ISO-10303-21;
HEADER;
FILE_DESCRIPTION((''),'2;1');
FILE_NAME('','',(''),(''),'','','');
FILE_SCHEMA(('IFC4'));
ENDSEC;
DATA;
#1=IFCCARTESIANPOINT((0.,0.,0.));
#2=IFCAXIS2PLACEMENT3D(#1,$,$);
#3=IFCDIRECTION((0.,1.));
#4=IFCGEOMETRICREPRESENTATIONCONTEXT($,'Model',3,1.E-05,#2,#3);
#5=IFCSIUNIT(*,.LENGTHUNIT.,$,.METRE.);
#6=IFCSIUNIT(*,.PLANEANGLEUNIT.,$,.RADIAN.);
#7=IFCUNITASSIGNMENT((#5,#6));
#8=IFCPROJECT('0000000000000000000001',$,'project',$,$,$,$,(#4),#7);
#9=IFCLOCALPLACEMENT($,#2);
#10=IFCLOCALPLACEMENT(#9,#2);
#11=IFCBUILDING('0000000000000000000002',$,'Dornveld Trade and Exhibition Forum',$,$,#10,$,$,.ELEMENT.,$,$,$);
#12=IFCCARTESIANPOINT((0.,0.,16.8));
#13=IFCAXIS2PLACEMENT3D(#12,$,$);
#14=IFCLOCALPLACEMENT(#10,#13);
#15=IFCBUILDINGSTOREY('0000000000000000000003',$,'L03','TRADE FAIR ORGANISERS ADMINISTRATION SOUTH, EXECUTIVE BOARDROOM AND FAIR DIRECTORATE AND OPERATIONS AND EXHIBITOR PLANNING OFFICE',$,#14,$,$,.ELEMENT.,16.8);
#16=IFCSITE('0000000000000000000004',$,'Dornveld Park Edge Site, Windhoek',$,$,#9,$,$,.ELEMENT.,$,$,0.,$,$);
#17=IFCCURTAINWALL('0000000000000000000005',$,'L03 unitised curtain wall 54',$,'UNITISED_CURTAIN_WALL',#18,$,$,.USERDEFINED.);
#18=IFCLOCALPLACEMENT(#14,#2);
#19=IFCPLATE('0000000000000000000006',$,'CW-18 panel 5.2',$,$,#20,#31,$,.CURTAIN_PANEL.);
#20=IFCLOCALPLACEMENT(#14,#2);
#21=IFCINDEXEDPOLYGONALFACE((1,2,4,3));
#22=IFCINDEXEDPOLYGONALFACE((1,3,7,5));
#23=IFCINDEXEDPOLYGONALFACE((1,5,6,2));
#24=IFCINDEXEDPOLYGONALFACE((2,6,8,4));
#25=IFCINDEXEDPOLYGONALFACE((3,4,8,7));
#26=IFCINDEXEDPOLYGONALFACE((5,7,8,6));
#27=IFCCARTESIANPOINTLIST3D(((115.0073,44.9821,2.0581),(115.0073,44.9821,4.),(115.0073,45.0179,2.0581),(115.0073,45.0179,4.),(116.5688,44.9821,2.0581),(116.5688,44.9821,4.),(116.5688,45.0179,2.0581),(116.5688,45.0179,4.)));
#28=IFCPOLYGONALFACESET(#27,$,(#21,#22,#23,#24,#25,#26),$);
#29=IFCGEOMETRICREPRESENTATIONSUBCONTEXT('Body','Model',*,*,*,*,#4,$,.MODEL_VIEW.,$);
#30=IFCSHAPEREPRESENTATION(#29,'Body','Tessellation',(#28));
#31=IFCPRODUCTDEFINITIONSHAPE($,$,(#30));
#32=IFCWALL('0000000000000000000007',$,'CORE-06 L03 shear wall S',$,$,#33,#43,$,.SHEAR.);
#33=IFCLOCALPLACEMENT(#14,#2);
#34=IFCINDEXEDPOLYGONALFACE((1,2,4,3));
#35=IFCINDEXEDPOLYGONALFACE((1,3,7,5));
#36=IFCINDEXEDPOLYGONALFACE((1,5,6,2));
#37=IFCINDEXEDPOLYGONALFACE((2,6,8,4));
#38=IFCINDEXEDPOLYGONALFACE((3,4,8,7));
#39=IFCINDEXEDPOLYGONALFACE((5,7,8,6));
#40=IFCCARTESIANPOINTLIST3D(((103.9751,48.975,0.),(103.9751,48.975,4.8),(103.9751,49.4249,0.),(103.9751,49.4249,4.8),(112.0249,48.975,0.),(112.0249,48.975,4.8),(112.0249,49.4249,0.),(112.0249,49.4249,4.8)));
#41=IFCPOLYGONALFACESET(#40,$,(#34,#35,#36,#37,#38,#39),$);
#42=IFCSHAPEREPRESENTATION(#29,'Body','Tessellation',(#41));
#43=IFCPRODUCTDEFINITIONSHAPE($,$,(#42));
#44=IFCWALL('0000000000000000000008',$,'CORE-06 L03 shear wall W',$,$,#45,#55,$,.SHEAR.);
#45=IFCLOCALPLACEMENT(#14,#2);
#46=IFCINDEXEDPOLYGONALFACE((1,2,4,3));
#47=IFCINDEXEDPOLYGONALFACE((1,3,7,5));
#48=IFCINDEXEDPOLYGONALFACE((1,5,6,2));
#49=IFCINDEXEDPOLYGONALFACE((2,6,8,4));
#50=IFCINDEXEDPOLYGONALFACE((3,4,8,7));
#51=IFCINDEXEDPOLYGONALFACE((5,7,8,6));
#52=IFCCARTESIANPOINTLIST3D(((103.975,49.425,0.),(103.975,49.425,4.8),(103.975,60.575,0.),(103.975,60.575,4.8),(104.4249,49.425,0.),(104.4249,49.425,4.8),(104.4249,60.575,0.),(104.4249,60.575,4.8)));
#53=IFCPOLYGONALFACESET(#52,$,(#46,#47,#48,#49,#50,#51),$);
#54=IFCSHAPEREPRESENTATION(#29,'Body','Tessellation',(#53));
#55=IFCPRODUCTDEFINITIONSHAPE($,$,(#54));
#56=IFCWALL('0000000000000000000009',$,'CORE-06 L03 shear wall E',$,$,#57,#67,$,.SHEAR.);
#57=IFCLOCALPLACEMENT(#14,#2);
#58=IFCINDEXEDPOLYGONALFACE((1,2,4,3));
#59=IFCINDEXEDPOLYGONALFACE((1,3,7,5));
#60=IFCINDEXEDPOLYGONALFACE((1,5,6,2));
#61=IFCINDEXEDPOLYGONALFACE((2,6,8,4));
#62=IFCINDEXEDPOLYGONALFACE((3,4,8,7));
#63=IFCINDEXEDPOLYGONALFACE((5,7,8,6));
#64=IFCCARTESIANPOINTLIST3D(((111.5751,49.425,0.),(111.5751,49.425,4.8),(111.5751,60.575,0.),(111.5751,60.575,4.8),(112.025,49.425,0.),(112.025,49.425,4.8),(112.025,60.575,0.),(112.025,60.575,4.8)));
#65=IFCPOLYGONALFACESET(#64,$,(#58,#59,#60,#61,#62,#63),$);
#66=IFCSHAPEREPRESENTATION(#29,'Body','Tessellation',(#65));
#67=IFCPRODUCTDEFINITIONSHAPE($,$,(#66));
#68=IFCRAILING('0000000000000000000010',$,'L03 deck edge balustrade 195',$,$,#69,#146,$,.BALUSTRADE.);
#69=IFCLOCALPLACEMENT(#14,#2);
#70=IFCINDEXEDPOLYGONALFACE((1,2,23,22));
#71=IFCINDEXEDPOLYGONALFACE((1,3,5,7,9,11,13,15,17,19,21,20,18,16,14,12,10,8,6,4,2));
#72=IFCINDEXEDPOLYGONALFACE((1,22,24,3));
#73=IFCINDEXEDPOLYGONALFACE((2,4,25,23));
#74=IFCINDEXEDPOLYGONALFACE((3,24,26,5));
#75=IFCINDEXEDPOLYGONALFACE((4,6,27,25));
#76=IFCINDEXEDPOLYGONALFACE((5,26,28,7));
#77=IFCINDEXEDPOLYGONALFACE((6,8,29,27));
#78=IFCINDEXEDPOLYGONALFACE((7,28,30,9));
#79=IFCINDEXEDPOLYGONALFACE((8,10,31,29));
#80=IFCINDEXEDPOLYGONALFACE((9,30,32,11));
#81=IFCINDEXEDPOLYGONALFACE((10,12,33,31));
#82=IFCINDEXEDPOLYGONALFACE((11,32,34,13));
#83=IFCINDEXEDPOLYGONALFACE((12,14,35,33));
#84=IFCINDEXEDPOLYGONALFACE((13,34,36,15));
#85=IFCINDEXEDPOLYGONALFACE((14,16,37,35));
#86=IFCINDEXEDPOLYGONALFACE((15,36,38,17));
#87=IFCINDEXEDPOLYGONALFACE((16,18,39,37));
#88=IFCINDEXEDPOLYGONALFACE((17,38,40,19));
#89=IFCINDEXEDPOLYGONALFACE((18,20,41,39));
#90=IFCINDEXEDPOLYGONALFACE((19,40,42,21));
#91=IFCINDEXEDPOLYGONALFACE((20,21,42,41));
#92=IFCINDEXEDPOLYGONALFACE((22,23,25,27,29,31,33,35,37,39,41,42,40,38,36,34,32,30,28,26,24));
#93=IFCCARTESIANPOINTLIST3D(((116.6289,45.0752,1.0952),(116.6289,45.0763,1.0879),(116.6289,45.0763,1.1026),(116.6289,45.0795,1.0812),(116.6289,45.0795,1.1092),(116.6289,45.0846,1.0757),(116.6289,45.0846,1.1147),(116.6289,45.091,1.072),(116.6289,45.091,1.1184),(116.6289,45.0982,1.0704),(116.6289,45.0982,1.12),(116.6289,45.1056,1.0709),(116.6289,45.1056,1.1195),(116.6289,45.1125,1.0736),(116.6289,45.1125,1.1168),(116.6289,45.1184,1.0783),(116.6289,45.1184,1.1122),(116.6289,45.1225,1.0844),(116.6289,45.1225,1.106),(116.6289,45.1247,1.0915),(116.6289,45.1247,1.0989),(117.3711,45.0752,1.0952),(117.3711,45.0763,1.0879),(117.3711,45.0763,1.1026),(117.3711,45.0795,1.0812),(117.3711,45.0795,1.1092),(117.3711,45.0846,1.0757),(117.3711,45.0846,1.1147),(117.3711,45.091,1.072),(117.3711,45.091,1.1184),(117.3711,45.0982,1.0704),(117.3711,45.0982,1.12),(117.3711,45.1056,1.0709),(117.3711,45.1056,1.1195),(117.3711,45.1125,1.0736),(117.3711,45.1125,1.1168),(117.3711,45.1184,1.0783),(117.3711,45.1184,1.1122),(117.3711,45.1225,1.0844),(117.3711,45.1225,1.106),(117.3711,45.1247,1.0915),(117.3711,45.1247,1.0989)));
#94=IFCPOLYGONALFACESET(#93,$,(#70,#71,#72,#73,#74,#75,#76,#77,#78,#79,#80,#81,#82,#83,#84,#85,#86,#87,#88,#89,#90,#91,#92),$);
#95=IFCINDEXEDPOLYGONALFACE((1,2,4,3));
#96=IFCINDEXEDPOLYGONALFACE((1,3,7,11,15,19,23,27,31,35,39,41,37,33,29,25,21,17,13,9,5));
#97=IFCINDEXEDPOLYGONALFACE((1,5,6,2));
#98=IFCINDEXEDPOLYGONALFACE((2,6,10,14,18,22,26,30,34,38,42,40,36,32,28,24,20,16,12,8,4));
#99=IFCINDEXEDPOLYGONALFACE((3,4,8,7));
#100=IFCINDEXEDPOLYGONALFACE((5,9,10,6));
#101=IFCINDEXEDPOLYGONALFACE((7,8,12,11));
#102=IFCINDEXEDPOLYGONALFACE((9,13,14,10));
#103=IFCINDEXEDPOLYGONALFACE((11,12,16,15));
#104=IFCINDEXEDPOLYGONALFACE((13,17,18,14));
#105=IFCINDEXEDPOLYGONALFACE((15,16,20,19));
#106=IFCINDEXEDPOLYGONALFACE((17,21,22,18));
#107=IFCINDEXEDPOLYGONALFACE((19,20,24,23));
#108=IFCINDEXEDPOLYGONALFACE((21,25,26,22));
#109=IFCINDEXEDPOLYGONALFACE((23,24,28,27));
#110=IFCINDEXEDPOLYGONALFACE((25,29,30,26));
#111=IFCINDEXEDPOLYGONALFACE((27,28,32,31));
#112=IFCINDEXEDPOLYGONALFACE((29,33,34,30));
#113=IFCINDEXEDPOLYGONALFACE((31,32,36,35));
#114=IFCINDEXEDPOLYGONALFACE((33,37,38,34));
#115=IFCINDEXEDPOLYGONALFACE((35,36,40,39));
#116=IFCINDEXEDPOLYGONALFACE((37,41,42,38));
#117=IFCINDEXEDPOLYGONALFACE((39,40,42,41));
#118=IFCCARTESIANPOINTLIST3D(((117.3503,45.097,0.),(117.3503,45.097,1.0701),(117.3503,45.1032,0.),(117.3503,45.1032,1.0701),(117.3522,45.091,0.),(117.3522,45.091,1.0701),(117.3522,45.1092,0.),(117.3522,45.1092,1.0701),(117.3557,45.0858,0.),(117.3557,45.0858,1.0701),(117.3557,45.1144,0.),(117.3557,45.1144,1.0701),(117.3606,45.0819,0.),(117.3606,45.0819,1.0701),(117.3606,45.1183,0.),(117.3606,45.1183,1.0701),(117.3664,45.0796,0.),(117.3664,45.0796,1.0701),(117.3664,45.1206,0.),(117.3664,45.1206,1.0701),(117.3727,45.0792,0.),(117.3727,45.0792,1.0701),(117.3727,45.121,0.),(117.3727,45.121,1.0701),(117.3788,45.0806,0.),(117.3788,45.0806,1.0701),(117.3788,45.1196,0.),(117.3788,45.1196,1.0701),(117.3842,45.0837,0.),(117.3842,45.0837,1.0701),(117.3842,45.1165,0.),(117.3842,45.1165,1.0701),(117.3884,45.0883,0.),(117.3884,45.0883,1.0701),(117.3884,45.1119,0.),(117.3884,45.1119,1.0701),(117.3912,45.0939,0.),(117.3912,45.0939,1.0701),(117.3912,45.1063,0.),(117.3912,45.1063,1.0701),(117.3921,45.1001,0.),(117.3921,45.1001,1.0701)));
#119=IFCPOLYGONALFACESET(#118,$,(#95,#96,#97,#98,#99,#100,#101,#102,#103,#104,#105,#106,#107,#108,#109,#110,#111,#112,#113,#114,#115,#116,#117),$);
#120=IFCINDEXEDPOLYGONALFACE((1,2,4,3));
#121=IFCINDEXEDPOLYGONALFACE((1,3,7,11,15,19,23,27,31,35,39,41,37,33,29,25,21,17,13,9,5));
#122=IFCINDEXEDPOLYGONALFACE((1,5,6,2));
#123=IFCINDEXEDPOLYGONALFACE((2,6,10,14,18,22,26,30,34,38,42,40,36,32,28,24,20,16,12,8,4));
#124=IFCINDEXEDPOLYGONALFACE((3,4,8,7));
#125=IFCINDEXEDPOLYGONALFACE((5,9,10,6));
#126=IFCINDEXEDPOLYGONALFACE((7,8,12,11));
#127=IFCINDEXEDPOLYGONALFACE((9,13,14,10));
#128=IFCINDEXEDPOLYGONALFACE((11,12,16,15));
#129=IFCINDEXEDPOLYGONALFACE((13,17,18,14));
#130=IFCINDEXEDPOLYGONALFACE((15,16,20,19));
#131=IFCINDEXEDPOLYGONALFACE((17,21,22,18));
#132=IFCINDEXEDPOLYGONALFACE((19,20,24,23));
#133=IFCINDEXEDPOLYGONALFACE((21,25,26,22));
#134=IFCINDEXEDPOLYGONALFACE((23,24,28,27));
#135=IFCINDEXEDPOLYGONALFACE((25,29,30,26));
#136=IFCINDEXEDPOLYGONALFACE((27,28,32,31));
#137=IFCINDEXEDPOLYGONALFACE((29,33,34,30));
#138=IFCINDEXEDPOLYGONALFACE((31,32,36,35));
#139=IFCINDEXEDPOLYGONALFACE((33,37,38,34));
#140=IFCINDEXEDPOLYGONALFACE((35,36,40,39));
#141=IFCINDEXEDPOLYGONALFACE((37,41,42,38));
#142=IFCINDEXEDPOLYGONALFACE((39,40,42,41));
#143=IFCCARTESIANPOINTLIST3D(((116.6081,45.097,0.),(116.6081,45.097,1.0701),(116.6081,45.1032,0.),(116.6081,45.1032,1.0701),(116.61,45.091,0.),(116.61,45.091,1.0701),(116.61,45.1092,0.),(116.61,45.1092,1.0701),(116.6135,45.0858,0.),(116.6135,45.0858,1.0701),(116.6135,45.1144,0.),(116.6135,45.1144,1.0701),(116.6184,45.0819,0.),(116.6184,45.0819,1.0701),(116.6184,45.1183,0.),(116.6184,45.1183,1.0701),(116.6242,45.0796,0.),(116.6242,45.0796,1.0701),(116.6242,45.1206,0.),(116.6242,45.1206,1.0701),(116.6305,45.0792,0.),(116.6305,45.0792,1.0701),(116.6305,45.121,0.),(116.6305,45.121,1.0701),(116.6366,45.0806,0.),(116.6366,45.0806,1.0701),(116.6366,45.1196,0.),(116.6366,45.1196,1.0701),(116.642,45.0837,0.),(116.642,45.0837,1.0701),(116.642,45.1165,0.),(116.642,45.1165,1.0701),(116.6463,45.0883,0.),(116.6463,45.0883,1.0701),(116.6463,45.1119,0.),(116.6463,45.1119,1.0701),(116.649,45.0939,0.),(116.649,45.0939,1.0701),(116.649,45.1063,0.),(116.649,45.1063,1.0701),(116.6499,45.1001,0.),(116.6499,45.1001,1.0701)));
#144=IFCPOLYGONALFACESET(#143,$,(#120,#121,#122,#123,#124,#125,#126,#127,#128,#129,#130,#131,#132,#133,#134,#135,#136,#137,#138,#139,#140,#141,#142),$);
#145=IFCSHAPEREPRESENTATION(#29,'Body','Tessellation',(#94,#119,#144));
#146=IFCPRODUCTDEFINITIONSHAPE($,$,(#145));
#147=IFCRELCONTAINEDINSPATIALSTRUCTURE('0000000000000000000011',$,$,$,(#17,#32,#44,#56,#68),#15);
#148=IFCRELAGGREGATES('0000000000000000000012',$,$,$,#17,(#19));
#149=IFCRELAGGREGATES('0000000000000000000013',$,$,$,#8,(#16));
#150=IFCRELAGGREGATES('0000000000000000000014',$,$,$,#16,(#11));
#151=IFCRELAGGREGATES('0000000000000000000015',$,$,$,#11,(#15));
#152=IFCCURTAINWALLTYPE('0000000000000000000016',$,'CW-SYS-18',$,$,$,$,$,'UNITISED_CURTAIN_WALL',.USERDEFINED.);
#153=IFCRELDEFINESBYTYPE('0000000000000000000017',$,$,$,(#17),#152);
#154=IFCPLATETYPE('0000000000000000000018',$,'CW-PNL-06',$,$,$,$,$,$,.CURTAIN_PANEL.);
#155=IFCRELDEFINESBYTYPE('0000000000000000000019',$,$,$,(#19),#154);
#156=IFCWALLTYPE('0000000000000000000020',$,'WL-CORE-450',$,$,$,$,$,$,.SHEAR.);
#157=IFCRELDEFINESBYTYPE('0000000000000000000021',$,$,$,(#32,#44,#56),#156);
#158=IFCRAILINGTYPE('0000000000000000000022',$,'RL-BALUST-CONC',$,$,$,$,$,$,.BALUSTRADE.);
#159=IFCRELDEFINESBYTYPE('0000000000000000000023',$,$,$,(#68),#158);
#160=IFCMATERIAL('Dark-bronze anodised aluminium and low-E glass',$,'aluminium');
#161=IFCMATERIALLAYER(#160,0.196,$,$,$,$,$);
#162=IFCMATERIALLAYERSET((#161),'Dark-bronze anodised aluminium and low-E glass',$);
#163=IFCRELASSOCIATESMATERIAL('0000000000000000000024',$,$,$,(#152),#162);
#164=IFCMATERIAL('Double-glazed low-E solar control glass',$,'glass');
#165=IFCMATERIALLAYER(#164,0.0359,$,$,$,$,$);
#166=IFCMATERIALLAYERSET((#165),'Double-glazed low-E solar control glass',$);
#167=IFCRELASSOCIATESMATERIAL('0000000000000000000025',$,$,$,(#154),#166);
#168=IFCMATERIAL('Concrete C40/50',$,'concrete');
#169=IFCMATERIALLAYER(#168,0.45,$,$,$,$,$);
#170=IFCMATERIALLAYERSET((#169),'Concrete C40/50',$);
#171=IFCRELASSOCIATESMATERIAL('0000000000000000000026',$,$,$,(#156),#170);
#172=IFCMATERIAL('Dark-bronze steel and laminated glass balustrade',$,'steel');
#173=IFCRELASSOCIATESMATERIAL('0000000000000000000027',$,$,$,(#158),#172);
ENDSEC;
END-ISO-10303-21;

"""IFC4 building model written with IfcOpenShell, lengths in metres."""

from ifc_helpers import new_model, si_unit, direction, frame, frame_2d, origin, origin_2d, place, context, subcontext, project, spatial, rectangle, circle, extrude, material, layer, layer_set, type_object, element, aggregate, save


model = new_model("IFC4")

# Units and contexts
model_context = context("Model", 3, precision=1e-05, world=origin(), true_north=direction((0.0, 1.0)))
body_context = subcontext(model_context, "Body", "Model", "MODEL_VIEW")
ifc_project = project(units=[si_unit("LENGTHUNIT", "METRE"), si_unit("PLANEANGLEUNIT", "RADIAN")], contexts=[model_context])

# Site, building, storey
site_placement = place(None, origin())
site = spatial("IfcSite", under=ifc_project, at=site_placement, Name="Dornveld Park Edge Site, Windhoek", CompositionType="ELEMENT", RefElevation=0.0)
building_placement = place(site_placement, origin())
building = spatial("IfcBuilding", under=site, at=building_placement, Name="Dornveld Trade and Exhibition Forum", CompositionType="ELEMENT")
storey_placement = place(building_placement, frame((0.0, 0.0, 16.8)))
storey = spatial("IfcBuildingStorey", under=building, at=storey_placement, Name="L03", Description="TRADE FAIR ORGANISERS ADMINISTRATION SOUTH, EXECUTIVE BOARDROOM AND FAIR DIRECTORATE AND OPERATIONS AND EXHIBITOR PLANNING OFFICE", CompositionType="ELEMENT", Elevation=16.8)

# Curtain wall
ifc_material_1 = material(Name="Dark-bronze anodised aluminium and low-E glass", Category="aluminium")
ifc_layer_1 = layer(ifc_material_1, 0.196)
ifc_layer_set_1 = layer_set([ifc_layer_1], Name="Dark-bronze anodised aluminium and low-E glass")
curtain_wall_type_1 = type_object("IfcCurtainWallType", Name="CW-SYS-18", ElementType="UNITISED_CURTAIN_WALL", PredefinedType="USERDEFINED", material=ifc_layer_set_1)
curtain_wall_1_placement = place(storey_placement, origin())
curtain_wall_1 = element("IfcCurtainWall", 1, at=curtain_wall_1_placement, inside=storey, type_object=curtain_wall_type_1, Name="L03 unitised curtain wall 54", ObjectType="UNITISED_CURTAIN_WALL", PredefinedType="USERDEFINED")

# Plate
ifc_material_2 = material(Name="Double-glazed low-E solar control glass", Category="glass")
ifc_layer_2 = layer(ifc_material_2, 0.0359)
ifc_layer_set_2 = layer_set([ifc_layer_2], Name="Double-glazed low-E solar control glass")
plate_type = type_object("IfcPlateType", Name="CW-PNL-06", PredefinedType="CURTAIN_PANEL", material=ifc_layer_set_2)
plate_1_placement = place(storey_placement, frame((115.7881, 45.0, 2.0581), z_axis=(0.0, 0.0, 1.0), x_axis=(1.0, 0.0, 0.0)))
plate_1 = element("IfcPlate", 2, at=plate_1_placement, type_object=plate_type, Name="CW-18 panel 5.2", PredefinedType="CURTAIN_PANEL", context=body_context, shape_type="SweptSolid", body=[
    extrude(rectangle(XDim=1.5615, YDim=0.0359, at=origin_2d()), origin(), (0.0, 0.0, 1.0), 1.9419),
])
aggregate(curtain_wall_1, [plate_1])

# Walls
ifc_material_3 = material(Name="Concrete C40/50", Category="concrete")
ifc_layer_3 = layer(ifc_material_3, 0.45)
ifc_layer_set_3 = layer_set([ifc_layer_3], Name="Concrete C40/50")
wall_type = type_object("IfcWallType", Name="WL-CORE-450", PredefinedType="SHEAR", material=ifc_layer_set_3)
wall_placement = place(storey_placement, frame((103.9751, 49.2, 0.0), z_axis=(0.0, 0.0, 1.0), x_axis=(1.0, 0.0, 0.0)))
element("IfcWall", 3, at=wall_placement, inside=storey, type_object=wall_type, Name="CORE-06 L03 shear wall S", PredefinedType="SHEAR", context=body_context, shape_type="SweptSolid", body=[
    extrude(rectangle(XDim=8.0498, YDim=0.45, at=frame_2d((4.0249, 0.0))), origin(), (0.0, 0.0, 1.0), 4.8),
])
for number, where, z_axis, x_axis, name in (
    (4, (104.2, 49.425, 0.0), (0.0, 0.0, 1.0), (0.0, 1.0, 0.0), "CORE-06 L03 shear wall W"),
    (5, (111.8, 49.425, 0.0), (0.0, 0.0, 1.0), (0.0, 1.0, 0.0), "CORE-06 L03 shear wall E"),
):
    element("IfcWall", number, at=place(storey_placement, frame(where, z_axis=z_axis, x_axis=x_axis)), inside=storey, type_object=wall_type, Name=name, PredefinedType="SHEAR", context=body_context, shape_type="SweptSolid", body=[
        extrude(rectangle(XDim=11.1499, YDim=0.45, at=frame_2d((5.575, 0.0))), origin(), (0.0, 0.0, 1.0), 4.8),
    ])

# Railing
ifc_material_4 = material(Name="Dark-bronze steel and laminated glass balustrade", Category="steel")
railing_type = type_object("IfcRailingType", Name="RL-BALUST-CONC", PredefinedType="BALUSTRADE", material=ifc_material_4)
for number, where, name in (
    (6, (117.3711, 45.1001, 0.0), "L03 deck edge balustrade 195"),
):
    element("IfcRailing", number, at=place(storey_placement, frame(where)), inside=storey, type_object=railing_type, Name=name, PredefinedType="BALUSTRADE", context=body_context, shape_type="SweptSolid", body=[
        extrude(circle(Radius=0.0249, at=origin_2d()), frame((0.0, 0.0, 1.0952), z_axis=(-1.0, 0.0, 0.0), x_axis=(0.0, -1.0, 0.0)), (0.0, 0.0, 1.0), 0.7422),
        extrude(circle(Radius=0.021, at=origin_2d()), origin(), (0.0, 0.0, 1.0), 1.0701),
        extrude(circle(Radius=0.021, at=origin_2d()), frame((-0.7422, 0.0, 0.0)), (0.0, 0.0, 1.0), 1.0701),
    ])

save(model, "model.ifc")
